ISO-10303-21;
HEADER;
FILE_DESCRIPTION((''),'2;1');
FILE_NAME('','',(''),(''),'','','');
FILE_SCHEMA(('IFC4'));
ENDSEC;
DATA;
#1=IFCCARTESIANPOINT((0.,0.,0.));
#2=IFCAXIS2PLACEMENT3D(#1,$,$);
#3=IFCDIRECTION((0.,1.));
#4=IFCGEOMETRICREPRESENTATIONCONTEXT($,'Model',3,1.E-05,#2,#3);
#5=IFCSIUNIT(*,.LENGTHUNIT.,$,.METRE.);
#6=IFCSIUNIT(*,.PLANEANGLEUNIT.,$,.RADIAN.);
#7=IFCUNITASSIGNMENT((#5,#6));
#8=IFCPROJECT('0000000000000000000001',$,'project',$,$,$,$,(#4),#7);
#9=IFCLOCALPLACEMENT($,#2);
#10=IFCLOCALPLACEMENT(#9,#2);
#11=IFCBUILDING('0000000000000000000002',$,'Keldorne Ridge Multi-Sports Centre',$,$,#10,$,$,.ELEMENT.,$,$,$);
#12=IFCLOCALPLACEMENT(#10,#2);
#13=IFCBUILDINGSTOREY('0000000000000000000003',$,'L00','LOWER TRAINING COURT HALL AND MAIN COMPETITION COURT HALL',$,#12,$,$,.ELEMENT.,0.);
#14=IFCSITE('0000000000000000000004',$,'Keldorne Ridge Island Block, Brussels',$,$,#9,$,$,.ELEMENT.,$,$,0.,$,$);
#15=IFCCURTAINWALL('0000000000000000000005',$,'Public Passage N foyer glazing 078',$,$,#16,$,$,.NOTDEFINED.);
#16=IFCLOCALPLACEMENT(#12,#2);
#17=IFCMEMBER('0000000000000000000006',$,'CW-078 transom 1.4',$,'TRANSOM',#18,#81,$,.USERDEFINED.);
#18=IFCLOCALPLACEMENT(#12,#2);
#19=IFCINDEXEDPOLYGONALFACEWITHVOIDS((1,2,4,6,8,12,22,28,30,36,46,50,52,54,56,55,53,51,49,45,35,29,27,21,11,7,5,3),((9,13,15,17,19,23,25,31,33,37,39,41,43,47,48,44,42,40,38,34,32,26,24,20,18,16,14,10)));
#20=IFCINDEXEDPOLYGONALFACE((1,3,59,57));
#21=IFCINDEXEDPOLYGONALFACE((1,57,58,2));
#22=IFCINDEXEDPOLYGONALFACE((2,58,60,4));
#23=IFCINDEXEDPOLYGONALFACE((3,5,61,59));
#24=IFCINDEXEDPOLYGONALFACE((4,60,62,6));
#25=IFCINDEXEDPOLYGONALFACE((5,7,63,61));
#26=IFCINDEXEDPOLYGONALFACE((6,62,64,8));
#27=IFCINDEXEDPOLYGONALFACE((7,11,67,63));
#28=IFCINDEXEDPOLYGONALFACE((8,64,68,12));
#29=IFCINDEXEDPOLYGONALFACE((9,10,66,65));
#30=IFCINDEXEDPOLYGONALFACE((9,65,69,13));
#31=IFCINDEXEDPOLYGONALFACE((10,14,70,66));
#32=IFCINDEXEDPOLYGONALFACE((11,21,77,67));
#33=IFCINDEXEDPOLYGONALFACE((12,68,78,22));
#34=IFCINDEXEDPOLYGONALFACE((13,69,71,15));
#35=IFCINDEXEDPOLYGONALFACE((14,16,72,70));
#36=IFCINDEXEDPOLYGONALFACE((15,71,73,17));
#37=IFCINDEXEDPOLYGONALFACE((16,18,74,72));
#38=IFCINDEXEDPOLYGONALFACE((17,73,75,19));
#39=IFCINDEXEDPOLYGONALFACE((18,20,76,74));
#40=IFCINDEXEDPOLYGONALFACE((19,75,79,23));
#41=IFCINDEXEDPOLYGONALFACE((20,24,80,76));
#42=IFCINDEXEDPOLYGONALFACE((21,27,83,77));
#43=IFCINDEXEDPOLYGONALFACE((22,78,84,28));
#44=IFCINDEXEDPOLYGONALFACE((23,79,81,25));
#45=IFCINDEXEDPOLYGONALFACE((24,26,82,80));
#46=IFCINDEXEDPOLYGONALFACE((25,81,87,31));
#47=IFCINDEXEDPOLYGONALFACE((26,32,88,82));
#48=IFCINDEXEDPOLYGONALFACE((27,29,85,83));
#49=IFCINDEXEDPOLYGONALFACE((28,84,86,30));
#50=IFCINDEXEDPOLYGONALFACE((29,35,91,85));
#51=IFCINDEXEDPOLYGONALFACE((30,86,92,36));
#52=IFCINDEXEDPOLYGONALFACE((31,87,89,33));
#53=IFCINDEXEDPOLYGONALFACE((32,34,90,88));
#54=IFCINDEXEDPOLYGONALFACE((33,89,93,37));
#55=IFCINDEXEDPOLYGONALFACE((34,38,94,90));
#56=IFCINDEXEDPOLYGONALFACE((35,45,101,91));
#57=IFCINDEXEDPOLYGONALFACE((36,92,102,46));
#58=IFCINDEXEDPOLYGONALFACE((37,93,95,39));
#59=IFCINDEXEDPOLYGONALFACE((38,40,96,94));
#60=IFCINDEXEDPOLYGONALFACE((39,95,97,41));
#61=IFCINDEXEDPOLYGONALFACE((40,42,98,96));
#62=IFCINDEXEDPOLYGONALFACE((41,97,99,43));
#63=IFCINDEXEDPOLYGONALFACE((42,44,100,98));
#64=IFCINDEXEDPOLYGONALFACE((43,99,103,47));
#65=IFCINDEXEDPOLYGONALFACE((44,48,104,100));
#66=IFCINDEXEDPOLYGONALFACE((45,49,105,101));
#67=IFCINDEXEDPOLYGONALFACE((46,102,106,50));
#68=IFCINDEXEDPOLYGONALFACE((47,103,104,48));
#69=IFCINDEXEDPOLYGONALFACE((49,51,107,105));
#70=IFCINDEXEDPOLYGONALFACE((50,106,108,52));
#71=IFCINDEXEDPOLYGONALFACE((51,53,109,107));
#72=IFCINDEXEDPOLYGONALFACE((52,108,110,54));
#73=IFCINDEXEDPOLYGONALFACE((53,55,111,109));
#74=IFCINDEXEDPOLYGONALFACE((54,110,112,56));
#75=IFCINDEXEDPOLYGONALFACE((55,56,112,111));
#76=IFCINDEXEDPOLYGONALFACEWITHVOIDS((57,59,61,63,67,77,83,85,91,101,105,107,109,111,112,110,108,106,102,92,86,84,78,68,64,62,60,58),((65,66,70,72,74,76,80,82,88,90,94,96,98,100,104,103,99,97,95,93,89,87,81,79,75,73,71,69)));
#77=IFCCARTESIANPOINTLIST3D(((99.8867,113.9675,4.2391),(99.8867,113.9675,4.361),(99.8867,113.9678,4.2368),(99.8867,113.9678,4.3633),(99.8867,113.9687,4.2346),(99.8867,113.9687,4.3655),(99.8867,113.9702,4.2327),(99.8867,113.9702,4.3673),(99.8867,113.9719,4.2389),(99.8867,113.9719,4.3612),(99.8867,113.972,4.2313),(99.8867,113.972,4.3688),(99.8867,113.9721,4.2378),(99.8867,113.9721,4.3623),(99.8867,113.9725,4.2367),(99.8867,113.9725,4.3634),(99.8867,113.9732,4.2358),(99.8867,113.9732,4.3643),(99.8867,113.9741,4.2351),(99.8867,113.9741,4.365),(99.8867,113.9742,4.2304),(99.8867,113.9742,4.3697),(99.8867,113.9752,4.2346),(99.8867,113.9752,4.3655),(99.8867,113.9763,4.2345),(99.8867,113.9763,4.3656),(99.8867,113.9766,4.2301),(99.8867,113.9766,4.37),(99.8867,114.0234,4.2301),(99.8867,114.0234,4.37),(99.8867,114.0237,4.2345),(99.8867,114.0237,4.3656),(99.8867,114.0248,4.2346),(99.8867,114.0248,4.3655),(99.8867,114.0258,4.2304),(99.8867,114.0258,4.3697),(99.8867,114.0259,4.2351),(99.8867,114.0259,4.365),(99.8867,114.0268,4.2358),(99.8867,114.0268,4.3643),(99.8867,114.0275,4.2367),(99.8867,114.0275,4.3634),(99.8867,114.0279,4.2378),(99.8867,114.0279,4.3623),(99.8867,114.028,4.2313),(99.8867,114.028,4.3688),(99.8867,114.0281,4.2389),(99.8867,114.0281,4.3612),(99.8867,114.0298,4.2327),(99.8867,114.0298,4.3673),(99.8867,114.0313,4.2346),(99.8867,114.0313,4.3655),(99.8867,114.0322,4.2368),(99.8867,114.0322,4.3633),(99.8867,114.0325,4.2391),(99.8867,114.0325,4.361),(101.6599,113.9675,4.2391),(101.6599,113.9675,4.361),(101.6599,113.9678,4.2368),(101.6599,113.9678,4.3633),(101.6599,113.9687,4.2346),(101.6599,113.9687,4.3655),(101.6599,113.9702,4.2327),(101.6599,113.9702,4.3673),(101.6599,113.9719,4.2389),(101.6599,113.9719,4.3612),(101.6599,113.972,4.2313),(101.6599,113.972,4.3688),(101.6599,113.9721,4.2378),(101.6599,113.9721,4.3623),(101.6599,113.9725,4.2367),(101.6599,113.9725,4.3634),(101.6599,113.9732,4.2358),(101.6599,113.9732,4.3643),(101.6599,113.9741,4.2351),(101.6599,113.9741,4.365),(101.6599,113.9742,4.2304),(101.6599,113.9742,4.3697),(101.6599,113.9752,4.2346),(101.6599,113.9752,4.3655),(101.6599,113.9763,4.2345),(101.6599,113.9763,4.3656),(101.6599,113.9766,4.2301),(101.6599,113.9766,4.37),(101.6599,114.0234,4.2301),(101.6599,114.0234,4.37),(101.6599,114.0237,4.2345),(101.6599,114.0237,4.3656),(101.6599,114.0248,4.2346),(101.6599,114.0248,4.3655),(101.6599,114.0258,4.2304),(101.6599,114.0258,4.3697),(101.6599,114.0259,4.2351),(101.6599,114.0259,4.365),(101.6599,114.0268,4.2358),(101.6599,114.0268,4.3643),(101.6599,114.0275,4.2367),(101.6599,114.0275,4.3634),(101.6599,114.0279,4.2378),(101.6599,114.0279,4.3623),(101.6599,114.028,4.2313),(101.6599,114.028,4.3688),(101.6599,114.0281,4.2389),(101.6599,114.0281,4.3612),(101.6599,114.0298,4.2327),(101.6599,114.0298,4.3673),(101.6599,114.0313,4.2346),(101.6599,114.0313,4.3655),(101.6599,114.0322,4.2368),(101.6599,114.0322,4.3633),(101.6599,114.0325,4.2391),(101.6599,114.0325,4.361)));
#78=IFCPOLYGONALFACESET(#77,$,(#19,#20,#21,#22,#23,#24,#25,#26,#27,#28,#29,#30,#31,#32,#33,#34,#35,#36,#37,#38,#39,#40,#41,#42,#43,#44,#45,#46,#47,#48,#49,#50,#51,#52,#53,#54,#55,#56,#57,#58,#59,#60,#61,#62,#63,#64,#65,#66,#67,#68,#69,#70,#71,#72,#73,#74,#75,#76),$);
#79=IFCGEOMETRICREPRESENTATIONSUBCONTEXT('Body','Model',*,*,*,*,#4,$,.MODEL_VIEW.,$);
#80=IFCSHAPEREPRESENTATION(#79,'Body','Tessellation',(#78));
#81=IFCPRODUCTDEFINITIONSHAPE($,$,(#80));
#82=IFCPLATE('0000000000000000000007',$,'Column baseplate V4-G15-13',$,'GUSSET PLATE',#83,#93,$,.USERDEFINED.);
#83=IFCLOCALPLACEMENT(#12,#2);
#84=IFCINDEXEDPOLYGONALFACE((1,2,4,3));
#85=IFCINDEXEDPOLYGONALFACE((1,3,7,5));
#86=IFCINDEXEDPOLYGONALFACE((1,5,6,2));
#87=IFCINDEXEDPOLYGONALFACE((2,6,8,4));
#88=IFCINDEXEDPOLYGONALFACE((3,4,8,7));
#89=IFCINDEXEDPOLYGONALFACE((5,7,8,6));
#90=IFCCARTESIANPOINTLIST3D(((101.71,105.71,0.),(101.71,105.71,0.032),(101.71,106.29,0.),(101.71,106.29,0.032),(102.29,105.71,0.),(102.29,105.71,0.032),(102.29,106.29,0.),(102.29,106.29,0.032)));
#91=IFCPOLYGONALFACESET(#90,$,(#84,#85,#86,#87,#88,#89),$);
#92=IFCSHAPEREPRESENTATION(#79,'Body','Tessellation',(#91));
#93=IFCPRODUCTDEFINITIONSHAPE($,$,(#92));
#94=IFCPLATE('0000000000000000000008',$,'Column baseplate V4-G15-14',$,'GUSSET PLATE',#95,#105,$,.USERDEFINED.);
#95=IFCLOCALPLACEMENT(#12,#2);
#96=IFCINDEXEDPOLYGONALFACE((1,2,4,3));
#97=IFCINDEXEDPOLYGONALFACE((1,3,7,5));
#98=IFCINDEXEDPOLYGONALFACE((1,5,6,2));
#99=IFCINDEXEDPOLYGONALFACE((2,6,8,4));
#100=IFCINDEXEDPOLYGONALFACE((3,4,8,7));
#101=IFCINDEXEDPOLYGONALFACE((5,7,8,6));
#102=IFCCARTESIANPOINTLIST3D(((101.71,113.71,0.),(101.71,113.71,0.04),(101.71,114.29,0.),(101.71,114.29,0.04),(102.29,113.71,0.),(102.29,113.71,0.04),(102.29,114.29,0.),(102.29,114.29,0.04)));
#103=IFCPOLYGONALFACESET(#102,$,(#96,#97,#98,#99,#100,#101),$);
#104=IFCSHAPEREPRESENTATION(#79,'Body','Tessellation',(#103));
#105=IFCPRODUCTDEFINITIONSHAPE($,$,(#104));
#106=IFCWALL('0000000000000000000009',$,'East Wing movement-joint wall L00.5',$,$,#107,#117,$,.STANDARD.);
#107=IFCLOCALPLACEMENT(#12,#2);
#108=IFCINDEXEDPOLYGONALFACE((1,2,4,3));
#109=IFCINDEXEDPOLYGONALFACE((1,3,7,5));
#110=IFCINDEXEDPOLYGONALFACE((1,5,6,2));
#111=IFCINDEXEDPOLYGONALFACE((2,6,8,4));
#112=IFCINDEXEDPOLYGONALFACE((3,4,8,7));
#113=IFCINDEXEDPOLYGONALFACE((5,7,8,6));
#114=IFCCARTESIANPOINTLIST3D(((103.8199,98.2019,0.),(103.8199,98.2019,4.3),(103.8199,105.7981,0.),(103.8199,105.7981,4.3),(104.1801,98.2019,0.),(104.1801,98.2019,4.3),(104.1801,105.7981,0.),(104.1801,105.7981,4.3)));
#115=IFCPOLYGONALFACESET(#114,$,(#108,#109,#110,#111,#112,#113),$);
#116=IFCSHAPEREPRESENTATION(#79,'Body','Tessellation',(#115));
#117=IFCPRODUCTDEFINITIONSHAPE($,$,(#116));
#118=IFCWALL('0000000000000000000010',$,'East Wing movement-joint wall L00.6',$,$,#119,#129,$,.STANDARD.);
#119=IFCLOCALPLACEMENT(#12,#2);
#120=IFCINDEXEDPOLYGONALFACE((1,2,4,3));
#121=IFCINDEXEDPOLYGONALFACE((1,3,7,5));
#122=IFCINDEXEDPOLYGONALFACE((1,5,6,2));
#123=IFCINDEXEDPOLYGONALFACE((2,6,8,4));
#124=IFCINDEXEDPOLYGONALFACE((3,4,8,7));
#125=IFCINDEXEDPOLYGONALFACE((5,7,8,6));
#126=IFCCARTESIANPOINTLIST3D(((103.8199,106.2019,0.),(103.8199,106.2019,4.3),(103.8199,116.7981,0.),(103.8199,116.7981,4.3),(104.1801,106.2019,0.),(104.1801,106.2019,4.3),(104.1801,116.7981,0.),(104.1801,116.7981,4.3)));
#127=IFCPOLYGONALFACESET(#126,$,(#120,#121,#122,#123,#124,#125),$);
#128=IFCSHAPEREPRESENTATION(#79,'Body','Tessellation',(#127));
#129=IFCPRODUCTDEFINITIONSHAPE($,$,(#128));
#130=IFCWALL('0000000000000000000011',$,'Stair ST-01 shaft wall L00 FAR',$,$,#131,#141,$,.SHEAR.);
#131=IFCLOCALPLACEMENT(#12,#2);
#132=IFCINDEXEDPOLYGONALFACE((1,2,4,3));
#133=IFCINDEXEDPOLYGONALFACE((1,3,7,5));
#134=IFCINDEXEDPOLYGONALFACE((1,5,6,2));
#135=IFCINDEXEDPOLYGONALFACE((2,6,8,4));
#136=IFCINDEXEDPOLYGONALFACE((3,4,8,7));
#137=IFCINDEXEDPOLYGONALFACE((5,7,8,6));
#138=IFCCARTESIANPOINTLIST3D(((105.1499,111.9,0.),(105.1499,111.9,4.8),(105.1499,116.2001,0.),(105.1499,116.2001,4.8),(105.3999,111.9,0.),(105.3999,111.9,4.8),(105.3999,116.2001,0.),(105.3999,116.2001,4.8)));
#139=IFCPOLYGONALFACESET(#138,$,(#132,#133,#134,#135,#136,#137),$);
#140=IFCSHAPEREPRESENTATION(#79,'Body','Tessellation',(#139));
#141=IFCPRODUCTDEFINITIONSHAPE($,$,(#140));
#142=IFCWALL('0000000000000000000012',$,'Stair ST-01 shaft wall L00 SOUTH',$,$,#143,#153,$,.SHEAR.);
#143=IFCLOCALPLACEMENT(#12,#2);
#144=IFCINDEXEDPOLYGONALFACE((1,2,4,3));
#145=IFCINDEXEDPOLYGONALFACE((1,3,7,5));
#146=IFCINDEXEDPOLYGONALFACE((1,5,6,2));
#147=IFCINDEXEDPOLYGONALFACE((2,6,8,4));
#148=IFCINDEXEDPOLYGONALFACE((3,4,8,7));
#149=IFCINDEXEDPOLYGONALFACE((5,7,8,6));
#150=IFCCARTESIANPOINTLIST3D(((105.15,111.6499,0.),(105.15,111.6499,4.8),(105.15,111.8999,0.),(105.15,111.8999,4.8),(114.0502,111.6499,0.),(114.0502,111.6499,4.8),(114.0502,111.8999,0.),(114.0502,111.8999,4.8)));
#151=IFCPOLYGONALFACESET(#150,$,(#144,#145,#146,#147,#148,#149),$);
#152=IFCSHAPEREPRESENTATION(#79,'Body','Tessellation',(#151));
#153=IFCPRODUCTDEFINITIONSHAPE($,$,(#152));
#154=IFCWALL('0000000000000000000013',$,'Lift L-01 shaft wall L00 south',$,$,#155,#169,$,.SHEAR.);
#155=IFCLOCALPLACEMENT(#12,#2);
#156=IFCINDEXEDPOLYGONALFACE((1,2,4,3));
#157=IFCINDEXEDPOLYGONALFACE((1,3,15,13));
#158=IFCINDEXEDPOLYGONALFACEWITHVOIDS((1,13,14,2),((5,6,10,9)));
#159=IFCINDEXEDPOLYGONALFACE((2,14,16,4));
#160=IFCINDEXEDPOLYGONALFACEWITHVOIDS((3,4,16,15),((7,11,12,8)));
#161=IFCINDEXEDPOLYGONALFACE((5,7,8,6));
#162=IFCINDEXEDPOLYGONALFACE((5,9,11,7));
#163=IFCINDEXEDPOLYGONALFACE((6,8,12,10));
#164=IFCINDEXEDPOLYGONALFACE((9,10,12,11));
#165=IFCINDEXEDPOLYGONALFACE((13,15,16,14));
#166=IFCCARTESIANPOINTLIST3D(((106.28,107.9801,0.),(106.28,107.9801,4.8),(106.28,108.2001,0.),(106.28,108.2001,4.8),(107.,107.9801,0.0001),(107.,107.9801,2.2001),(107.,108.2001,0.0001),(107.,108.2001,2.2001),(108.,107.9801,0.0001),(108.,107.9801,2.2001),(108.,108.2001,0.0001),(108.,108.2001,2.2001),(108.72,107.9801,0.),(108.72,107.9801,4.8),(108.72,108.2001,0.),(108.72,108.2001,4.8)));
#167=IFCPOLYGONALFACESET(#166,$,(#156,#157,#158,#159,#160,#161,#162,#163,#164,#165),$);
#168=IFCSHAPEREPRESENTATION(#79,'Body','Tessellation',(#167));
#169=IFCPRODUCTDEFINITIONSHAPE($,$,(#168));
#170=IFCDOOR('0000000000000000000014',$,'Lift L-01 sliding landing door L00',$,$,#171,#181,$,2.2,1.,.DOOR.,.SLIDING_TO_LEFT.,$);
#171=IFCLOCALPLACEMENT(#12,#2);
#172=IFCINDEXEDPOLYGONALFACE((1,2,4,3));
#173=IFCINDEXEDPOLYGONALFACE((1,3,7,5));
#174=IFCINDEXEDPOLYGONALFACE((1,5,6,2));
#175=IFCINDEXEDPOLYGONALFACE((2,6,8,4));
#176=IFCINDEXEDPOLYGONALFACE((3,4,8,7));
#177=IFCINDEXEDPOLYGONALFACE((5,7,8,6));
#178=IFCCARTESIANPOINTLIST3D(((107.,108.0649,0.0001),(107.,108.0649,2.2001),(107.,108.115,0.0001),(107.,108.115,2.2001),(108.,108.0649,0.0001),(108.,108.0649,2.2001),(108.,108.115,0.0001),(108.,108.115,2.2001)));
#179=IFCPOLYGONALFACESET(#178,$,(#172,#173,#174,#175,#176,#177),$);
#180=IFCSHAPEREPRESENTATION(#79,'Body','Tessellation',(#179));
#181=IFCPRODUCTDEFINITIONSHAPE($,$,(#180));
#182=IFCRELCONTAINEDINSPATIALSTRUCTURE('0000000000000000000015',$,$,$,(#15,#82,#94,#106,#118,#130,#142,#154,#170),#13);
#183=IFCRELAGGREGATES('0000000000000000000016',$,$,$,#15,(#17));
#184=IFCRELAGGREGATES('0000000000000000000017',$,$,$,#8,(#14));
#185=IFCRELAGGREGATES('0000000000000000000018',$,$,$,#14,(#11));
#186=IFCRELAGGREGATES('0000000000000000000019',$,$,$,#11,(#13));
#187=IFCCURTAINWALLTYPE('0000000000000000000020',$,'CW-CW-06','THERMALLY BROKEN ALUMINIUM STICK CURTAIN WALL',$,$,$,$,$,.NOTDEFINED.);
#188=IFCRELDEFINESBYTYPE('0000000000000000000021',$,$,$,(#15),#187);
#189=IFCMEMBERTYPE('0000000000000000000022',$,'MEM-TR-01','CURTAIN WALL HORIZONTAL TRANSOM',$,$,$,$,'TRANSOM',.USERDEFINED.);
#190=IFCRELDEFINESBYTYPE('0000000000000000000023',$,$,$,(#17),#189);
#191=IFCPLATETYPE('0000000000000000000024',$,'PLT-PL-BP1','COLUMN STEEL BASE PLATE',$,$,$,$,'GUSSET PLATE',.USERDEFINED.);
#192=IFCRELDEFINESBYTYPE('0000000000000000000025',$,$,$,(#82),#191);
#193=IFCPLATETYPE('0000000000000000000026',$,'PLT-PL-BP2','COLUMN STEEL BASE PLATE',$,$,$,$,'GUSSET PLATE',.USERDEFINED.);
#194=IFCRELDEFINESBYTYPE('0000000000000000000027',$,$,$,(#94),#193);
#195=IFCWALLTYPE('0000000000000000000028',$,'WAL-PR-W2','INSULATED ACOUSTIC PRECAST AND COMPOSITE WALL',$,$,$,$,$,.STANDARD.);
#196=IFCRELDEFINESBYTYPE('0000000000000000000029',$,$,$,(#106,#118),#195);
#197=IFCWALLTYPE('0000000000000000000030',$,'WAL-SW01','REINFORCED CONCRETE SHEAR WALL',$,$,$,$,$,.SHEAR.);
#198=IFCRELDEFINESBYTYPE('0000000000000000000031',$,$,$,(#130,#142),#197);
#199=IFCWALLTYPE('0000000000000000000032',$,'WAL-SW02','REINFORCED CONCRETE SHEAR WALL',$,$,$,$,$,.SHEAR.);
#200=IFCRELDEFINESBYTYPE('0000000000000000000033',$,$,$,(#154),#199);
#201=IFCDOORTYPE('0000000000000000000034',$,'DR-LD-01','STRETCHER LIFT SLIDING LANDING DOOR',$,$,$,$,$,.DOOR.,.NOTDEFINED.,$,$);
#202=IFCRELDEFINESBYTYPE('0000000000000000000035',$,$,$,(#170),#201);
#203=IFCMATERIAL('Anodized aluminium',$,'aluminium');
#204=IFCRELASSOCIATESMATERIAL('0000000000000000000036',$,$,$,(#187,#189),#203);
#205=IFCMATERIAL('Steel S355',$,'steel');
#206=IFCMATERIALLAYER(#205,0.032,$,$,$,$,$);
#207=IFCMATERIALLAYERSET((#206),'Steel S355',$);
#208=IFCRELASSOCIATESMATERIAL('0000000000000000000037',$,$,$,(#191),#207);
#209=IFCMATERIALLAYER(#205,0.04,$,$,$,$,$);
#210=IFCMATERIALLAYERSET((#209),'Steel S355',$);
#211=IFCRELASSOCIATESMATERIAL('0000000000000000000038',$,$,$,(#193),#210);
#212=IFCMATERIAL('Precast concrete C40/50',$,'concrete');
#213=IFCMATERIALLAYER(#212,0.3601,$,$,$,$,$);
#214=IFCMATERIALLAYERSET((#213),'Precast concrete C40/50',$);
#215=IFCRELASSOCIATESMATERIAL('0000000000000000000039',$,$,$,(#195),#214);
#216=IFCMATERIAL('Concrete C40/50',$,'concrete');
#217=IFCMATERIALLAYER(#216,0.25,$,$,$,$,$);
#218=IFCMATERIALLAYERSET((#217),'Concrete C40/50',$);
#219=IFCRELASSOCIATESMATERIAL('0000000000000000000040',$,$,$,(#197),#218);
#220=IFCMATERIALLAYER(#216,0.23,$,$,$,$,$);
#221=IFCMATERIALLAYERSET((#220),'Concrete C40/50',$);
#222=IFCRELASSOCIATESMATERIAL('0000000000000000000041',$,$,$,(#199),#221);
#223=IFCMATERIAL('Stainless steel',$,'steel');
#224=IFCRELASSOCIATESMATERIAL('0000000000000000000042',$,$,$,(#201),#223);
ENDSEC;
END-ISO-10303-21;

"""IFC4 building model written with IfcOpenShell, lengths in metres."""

from ifc_helpers import new_model, si_unit, direction, frame, frame_2d, origin, origin_2d, place, context, subcontext, project, spatial, rectangle, hollow_rectangle, extrude, material, layer, layer_set, material_profile, profile_set, type_object, element, fill, aggregate, save


model = new_model("IFC4")

# Units and contexts
model_context = context("Model", 3, precision=1e-05, world=origin(), true_north=direction((0.0, 1.0)))
body_context = subcontext(model_context, "Body", "Model", "MODEL_VIEW")
ifc_project = project(units=[si_unit("LENGTHUNIT", "METRE"), si_unit("PLANEANGLEUNIT", "RADIAN")], contexts=[model_context])

# Site, building, storey
site_placement = place(None, origin())
site = spatial("IfcSite", under=ifc_project, at=site_placement, Name="Keldorne Ridge Island Block, Brussels", CompositionType="ELEMENT", RefElevation=0.0)
building_placement = place(site_placement, origin())
building = spatial("IfcBuilding", under=site, at=building_placement, Name="Keldorne Ridge Multi-Sports Centre", CompositionType="ELEMENT")
storey_placement = place(building_placement, origin())
storey = spatial("IfcBuildingStorey", under=building, at=storey_placement, Name="L00", Description="LOWER TRAINING COURT HALL AND MAIN COMPETITION COURT HALL", CompositionType="ELEMENT", Elevation=0.0)

# Shared definitions
ifc_material_1 = material(Name="Steel S355", Category="steel")

# Curtain wall, member
ifc_material_2 = material(Name="Anodized aluminium", Category="aluminium")
curtain_wall_type = type_object("IfcCurtainWallType", Name="CW-CW-06", Description="THERMALLY BROKEN ALUMINIUM STICK CURTAIN WALL", PredefinedType="NOTDEFINED", material=ifc_material_2)
curtain_wall_placement = place(storey_placement, origin())
curtain_wall = element("IfcCurtainWall", 1, at=curtain_wall_placement, inside=storey, type_object=curtain_wall_type, Name="Public Passage N foyer glazing 078", PredefinedType="NOTDEFINED")
ifc_material_profile_1 = material_profile(ifc_material_2, hollow_rectangle(XDim=0.0649, YDim=0.1399, WallThickness=0.0044, InnerFilletRadius=0.0044, OuterFilletRadius=0.009, at=origin_2d()), Name="ALU TRANSOM 140x65x4.5")
ifc_profile_set_1 = profile_set([ifc_material_profile_1], Name="Anodized aluminium")
member_type = type_object("IfcMemberType", Name="MEM-TR-01", Description="CURTAIN WALL HORIZONTAL TRANSOM", ElementType="TRANSOM", PredefinedType="USERDEFINED", material=ifc_profile_set_1)
member_1_placement = place(storey_placement, frame((101.6599, 114.0, 4.3), z_axis=(-1.0, 0.0, 0.0), x_axis=(0.0, -1.0, 0.0)))
member_1 = element("IfcMember", 2, at=member_1_placement, type_object=member_type, Name="CW-078 transom 1.4", ObjectType="TRANSOM", PredefinedType="USERDEFINED", context=body_context, shape_type="SweptSolid", body=[
    extrude(hollow_rectangle(XDim=0.0649, YDim=0.1399, WallThickness=0.0044, InnerFilletRadius=0.0044, OuterFilletRadius=0.009, at=origin_2d()), origin(), (0.0, 0.0, 1.0), 1.7732),
])
aggregate(curtain_wall, [member_1])

# Plates
ifc_layer_1 = layer(ifc_material_1, 0.032)
ifc_layer_set_1 = layer_set([ifc_layer_1], Name="Steel S355")
plate_type_1 = type_object("IfcPlateType", Name="PLT-PL-BP1", Description="COLUMN STEEL BASE PLATE", ElementType="GUSSET PLATE", PredefinedType="USERDEFINED", material=ifc_layer_set_1)
plate_1_placement = place(storey_placement, frame((102.0, 106.0, 0.0), z_axis=(0.0, 0.0, 1.0), x_axis=(1.0, 0.0, 0.0)))
element("IfcPlate", 3, at=plate_1_placement, inside=storey, type_object=plate_type_1, Name="Column baseplate V4-G15-13", ObjectType="GUSSET PLATE", PredefinedType="USERDEFINED", context=body_context, shape_type="SweptSolid", body=[
    extrude(rectangle(XDim=0.5801, YDim=0.5801, at=origin_2d()), origin(), (0.0, 0.0, 1.0), 0.032),
])
ifc_layer_2 = layer(ifc_material_1, 0.04)
ifc_layer_set_2 = layer_set([ifc_layer_2], Name="Steel S355")
plate_type_2 = type_object("IfcPlateType", Name="PLT-PL-BP2", Description="COLUMN STEEL BASE PLATE", ElementType="GUSSET PLATE", PredefinedType="USERDEFINED", material=ifc_layer_set_2)
plate_2_placement = place(storey_placement, frame((102.0, 114.0, 0.0), z_axis=(0.0, 0.0, 1.0), x_axis=(1.0, 0.0, 0.0)))
element("IfcPlate", 4, at=plate_2_placement, inside=storey, type_object=plate_type_2, Name="Column baseplate V4-G15-14", ObjectType="GUSSET PLATE", PredefinedType="USERDEFINED", context=body_context, shape_type="SweptSolid", body=[
    extrude(rectangle(XDim=0.5801, YDim=0.5801, at=origin_2d()), origin(), (0.0, 0.0, 1.0), 0.04),
])

# Walls
ifc_material_3 = material(Name="Precast concrete C40/50", Category="concrete")
ifc_layer_3 = layer(ifc_material_3, 0.3601)
ifc_layer_set_3 = layer_set([ifc_layer_3], Name="Precast concrete C40/50")
wall_type_1 = type_object("IfcWallType", Name="WAL-PR-W2", Description="INSULATED ACOUSTIC PRECAST AND COMPOSITE WALL", PredefinedType="STANDARD", material=ifc_layer_set_3)
wall_1_placement = place(storey_placement, frame((104.0, 105.7981, 0.0), z_axis=(0.0, 0.0, 1.0), x_axis=(0.0, -1.0, 0.0)))
element("IfcWall", 5, at=wall_1_placement, inside=storey, type_object=wall_type_1, Name="East Wing movement-joint wall L00.5", PredefinedType="STANDARD", context=body_context, shape_type="SweptSolid", body=[
    extrude(rectangle(XDim=7.5962, YDim=0.3601, at=frame_2d((3.7981, 0.0))), origin(), (0.0, 0.0, 1.0), 4.3),
])
wall_2_placement = place(storey_placement, frame((104.0, 116.7981, 0.0), z_axis=(0.0, 0.0, 1.0), x_axis=(0.0, -1.0, 0.0)))
element("IfcWall", 6, at=wall_2_placement, inside=storey, type_object=wall_type_1, Name="East Wing movement-joint wall L00.6", PredefinedType="STANDARD", context=body_context, shape_type="SweptSolid", body=[
    extrude(rectangle(XDim=10.5962, YDim=0.3601, at=frame_2d((5.2981, 0.0))), origin(), (0.0, 0.0, 1.0), 4.3),
])
ifc_material_4 = material(Name="Concrete C40/50", Category="concrete")
ifc_layer_4 = layer(ifc_material_4, 0.25)
ifc_layer_set_4 = layer_set([ifc_layer_4], Name="Concrete C40/50")
wall_type_2 = type_object("IfcWallType", Name="WAL-SW01", Description="REINFORCED CONCRETE SHEAR WALL", PredefinedType="SHEAR", material=ifc_layer_set_4)
wall_3_placement = place(storey_placement, frame((105.2749, 116.2, 0.0), z_axis=(0.0, 0.0, 1.0), x_axis=(0.0, -1.0, 0.0)))
element("IfcWall", 7, at=wall_3_placement, inside=storey, type_object=wall_type_2, Name="Stair ST-01 shaft wall L00 FAR", PredefinedType="SHEAR", context=body_context, shape_type="SweptSolid", body=[
    extrude(rectangle(XDim=4.3, YDim=0.25, at=frame_2d((2.1499, 0.0))), origin(), (0.0, 0.0, 1.0), 4.8),
])
wall_4_placement = place(storey_placement, frame((105.1499, 111.7749, 0.0), z_axis=(0.0, 0.0, 1.0), x_axis=(1.0, 0.0, 0.0)))
element("IfcWall", 8, at=wall_4_placement, inside=storey, type_object=wall_type_2, Name="Stair ST-01 shaft wall L00 SOUTH", PredefinedType="SHEAR", context=body_context, shape_type="SweptSolid", body=[
    extrude(rectangle(XDim=8.9001, YDim=0.25, at=frame_2d((4.4502, 0.0))), origin(), (0.0, 0.0, 1.0), 4.8),
])

# Wall, opening, door
ifc_layer_5 = layer(ifc_material_4, 0.23)
ifc_layer_set_5 = layer_set([ifc_layer_5], Name="Concrete C40/50")
wall_type_3 = type_object("IfcWallType", Name="WAL-SW02", Description="REINFORCED CONCRETE SHEAR WALL", PredefinedType="SHEAR", material=ifc_layer_set_5)
wall_5_placement = place(storey_placement, frame((106.28, 108.0901, 0.0), z_axis=(0.0, 0.0, 1.0), x_axis=(1.0, 0.0, 0.0)))
wall_5 = element("IfcWall", 9, at=wall_5_placement, inside=storey, type_object=wall_type_3, Name="Lift L-01 shaft wall L00 south", PredefinedType="SHEAR", context=body_context, shape_type="SweptSolid", body=[
    extrude(rectangle(XDim=2.4399, YDim=0.22, at=frame_2d((1.22, 0.0))), origin(), (0.0, 0.0, 1.0), 4.8),
])
opening_1_placement = place(wall_5_placement, frame((0.72, 0.0, 0.0)))
opening_1 = element("IfcOpeningElement", 10, at=opening_1_placement, cuts=wall_5, PredefinedType="OPENING", context=body_context, shape_type="SweptSolid", body=[
    extrude(rectangle(XDim=1.0, YDim=2.2, at=frame_2d((0.5, 1.1001))), frame((0.0, 0.1201, 0.0), z_axis=(0.0, -1.0, 0.0), x_axis=(1.0, 0.0, 0.0)), (0.0, 0.0, 1.0), 0.24),
])
ifc_material_5 = material(Name="Stainless steel", Category="steel")
door_type = type_object("IfcDoorType", Name="DR-LD-01", Description="STRETCHER LIFT SLIDING LANDING DOOR", OperationType="NOTDEFINED", PredefinedType="DOOR", material=ifc_material_5)
door_1_placement = place(opening_1_placement, origin())
door_1 = element("IfcDoor", 11, at=door_1_placement, inside=storey, type_object=door_type, Name="Lift L-01 sliding landing door L00", OperationType="SLIDING_TO_LEFT", OverallHeight=2.2, OverallWidth=1.0, PredefinedType="DOOR", context=body_context, shape_type="SweptSolid", body=[
    extrude(rectangle(XDim=1.0, YDim=2.2, at=frame_2d((0.5, 1.1001))), frame((0.0, 0.0249, 0.0), z_axis=(0.0, -1.0, 0.0), x_axis=(1.0, 0.0, 0.0)), (0.0, 0.0, 1.0), 0.05),
])
fill(opening_1, door_1)

save(model, "model.ifc")
